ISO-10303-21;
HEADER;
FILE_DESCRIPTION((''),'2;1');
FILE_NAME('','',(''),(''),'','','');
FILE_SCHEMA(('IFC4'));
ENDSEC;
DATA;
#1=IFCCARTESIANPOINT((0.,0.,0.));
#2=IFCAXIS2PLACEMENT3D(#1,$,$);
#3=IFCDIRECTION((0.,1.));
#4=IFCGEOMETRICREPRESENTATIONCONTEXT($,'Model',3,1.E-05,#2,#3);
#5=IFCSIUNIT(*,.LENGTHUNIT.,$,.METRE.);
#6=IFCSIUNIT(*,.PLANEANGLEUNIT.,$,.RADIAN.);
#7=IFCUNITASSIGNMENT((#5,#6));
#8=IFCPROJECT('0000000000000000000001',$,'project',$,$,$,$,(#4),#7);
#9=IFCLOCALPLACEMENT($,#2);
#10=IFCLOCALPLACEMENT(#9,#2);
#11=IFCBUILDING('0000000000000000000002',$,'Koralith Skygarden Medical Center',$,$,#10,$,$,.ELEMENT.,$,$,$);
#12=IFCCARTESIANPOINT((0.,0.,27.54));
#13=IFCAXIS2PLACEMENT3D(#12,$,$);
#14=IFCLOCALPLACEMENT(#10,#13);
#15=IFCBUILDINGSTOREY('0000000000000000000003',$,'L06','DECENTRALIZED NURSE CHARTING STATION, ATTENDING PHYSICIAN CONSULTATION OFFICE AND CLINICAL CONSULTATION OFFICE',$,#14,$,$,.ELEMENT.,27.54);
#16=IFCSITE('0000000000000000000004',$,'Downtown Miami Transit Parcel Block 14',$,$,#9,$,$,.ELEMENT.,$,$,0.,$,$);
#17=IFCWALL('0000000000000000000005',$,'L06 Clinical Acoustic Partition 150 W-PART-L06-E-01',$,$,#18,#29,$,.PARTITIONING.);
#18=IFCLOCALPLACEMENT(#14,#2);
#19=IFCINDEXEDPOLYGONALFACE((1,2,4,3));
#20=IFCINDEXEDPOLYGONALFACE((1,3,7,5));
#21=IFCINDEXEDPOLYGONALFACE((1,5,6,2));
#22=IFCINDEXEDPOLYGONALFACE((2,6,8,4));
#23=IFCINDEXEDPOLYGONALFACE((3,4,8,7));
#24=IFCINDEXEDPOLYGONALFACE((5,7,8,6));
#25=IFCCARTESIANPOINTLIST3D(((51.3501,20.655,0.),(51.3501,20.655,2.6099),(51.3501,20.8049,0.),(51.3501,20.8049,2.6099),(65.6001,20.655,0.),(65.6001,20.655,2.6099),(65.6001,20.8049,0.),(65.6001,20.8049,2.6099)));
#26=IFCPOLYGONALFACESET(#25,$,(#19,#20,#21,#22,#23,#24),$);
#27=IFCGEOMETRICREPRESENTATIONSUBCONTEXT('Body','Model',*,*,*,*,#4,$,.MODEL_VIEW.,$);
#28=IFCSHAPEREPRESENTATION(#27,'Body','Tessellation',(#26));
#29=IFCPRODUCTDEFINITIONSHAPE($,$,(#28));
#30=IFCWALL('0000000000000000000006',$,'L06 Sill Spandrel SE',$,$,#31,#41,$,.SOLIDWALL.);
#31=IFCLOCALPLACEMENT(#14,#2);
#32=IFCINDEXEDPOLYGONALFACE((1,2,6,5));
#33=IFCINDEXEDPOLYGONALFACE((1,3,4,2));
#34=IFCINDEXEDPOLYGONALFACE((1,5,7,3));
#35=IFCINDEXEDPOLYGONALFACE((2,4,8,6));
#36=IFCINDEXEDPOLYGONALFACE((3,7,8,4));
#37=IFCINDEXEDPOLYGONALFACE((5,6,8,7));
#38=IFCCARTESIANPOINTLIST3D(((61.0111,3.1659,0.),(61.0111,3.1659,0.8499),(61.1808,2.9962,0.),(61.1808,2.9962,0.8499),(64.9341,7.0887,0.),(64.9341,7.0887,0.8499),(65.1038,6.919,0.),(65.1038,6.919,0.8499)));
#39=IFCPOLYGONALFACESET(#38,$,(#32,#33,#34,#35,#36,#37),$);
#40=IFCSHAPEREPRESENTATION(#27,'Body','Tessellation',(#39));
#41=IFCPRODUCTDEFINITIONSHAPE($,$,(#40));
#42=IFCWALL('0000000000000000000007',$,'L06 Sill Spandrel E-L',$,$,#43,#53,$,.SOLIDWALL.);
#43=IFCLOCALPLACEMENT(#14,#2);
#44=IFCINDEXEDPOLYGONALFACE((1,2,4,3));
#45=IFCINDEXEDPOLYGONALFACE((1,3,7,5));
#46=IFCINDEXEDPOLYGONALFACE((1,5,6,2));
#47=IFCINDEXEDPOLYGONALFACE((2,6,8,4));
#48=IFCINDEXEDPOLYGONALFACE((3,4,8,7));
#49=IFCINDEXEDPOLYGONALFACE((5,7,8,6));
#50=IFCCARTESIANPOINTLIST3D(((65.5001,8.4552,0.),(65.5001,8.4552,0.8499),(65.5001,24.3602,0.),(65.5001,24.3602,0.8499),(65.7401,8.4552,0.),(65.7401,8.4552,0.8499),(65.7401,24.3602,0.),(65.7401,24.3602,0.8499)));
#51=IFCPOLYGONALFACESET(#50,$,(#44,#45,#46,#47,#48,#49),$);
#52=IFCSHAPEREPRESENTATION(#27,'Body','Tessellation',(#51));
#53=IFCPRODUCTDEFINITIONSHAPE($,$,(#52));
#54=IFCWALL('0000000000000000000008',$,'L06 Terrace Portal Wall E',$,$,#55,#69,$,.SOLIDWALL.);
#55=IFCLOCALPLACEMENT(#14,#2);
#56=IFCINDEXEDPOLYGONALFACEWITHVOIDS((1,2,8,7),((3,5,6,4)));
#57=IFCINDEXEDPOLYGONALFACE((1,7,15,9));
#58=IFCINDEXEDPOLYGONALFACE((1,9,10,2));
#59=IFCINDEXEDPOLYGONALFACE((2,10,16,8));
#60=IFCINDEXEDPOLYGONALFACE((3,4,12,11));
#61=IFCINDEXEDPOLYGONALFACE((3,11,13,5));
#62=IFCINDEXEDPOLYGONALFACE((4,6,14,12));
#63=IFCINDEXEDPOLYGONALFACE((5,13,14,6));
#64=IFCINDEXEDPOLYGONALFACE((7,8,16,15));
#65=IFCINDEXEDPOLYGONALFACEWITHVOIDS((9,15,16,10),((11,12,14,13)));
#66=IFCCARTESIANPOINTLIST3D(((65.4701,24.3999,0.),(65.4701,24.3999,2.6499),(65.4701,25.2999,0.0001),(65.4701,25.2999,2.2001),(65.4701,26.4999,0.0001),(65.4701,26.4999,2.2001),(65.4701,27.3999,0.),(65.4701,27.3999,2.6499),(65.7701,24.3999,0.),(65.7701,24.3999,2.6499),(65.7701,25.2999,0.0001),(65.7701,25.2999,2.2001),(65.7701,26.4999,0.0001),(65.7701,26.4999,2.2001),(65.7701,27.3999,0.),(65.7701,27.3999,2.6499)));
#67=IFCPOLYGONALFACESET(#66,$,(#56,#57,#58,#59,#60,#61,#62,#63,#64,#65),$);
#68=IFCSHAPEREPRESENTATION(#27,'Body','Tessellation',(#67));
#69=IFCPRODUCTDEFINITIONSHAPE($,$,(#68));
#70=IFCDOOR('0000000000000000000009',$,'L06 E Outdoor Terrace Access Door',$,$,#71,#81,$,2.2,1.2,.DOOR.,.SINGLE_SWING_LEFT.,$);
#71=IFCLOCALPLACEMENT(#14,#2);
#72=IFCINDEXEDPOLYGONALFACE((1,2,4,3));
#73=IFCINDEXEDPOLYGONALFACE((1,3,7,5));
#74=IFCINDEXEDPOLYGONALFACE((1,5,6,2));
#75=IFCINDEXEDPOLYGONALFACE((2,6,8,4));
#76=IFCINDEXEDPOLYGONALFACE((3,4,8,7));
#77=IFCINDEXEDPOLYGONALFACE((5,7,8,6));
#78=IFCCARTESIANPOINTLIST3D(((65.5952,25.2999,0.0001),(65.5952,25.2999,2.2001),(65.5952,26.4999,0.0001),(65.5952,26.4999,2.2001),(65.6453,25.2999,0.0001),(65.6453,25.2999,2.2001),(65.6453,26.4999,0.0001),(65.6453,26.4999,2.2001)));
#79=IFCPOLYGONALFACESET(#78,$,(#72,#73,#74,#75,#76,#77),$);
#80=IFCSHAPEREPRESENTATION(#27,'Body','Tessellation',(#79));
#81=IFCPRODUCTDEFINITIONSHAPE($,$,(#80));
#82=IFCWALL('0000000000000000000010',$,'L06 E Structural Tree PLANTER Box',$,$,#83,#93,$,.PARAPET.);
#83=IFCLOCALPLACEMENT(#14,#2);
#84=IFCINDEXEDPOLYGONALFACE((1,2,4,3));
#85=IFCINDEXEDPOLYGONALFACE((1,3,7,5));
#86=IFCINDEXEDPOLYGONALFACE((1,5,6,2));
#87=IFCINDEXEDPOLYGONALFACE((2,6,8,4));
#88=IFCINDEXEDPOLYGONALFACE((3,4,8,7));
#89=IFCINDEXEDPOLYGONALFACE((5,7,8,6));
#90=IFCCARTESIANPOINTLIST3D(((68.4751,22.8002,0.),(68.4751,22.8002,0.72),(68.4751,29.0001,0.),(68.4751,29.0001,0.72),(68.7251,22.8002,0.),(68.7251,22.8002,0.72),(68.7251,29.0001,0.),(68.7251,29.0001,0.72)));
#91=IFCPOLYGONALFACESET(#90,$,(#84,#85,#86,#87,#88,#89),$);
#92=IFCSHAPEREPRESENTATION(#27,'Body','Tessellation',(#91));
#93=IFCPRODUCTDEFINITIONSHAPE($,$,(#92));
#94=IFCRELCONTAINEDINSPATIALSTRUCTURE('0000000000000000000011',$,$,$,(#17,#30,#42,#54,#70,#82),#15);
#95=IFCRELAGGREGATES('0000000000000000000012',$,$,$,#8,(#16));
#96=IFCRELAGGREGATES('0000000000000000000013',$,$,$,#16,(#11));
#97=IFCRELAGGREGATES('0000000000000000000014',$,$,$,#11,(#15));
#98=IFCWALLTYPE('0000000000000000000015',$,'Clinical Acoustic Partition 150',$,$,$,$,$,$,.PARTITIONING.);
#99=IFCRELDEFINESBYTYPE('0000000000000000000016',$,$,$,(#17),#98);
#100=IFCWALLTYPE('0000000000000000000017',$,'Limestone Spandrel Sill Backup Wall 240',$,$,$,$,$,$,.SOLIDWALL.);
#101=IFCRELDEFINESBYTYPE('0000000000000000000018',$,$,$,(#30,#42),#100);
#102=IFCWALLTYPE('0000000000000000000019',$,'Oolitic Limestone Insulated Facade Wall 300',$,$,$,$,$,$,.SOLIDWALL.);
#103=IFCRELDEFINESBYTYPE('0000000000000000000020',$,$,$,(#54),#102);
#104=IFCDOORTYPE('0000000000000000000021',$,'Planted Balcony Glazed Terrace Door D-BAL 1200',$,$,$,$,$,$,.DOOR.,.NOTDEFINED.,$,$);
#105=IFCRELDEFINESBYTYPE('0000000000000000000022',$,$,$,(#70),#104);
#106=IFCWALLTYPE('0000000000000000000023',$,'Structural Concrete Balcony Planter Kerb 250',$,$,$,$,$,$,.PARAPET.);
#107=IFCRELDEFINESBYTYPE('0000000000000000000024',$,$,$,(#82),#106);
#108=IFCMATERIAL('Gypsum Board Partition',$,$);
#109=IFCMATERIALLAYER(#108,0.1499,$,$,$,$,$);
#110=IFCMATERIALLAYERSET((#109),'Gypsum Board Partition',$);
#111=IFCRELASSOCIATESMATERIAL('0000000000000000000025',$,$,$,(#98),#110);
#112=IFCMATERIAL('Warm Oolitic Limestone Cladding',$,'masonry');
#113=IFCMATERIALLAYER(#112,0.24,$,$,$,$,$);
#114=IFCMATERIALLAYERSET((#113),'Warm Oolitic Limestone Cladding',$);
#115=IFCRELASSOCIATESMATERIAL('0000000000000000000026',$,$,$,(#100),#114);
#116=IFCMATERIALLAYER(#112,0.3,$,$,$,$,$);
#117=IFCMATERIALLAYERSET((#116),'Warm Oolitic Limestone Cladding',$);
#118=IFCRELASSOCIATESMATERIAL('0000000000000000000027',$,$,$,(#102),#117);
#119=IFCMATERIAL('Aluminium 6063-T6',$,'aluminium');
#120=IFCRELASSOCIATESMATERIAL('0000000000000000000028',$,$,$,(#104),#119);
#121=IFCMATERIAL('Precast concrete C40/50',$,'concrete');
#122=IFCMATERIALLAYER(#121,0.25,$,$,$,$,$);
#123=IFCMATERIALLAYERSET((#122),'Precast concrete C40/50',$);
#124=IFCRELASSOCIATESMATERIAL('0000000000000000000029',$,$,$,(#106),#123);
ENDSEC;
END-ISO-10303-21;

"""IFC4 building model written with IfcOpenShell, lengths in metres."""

from ifc_helpers import new_model, si_unit, direction, frame, frame_2d, origin, place, context, subcontext, project, spatial, rectangle, extrude, material, layer, layer_set, type_object, element, fill, save


model = new_model("IFC4")

# Units and contexts
model_context = context("Model", 3, precision=1e-05, world=origin(), true_north=direction((0.0, 1.0)))
body_context = subcontext(model_context, "Body", "Model", "MODEL_VIEW")
ifc_project = project(units=[si_unit("LENGTHUNIT", "METRE"), si_unit("PLANEANGLEUNIT", "RADIAN")], contexts=[model_context])

# Site, building, storey
site_placement = place(None, origin())
site = spatial("IfcSite", under=ifc_project, at=site_placement, Name="Downtown Miami Transit Parcel Block 14", CompositionType="ELEMENT", RefElevation=0.0)
building_placement = place(site_placement, origin())
building = spatial("IfcBuilding", under=site, at=building_placement, Name="Koralith Skygarden Medical Center", CompositionType="ELEMENT")
storey_placement = place(building_placement, frame((0.0, 0.0, 27.54)))
storey = spatial("IfcBuildingStorey", under=building, at=storey_placement, Name="L06", Description="DECENTRALIZED NURSE CHARTING STATION, ATTENDING PHYSICIAN CONSULTATION OFFICE AND CLINICAL CONSULTATION OFFICE", CompositionType="ELEMENT", Elevation=27.54)

# Shared definitions
ifc_material_1 = material(Name="Aluminium 6063-T6", Category="aluminium")

# Shared definitions
ifc_material_2 = material(Name="Warm Oolitic Limestone Cladding", Category="masonry")

# Wall
ifc_material_3 = material(Name="Gypsum Board Partition")
ifc_layer_1 = layer(ifc_material_3, 0.1499)
ifc_layer_set_1 = layer_set([ifc_layer_1], Name="Gypsum Board Partition")
wall_type_1 = type_object("IfcWallType", Name="Clinical Acoustic Partition 150", PredefinedType="PARTITIONING", material=ifc_layer_set_1)
wall_1_placement = place(storey_placement, frame((51.3501, 20.73, 0.0), z_axis=(0.0, 0.0, 1.0), x_axis=(1.0, 0.0, 0.0)))
element("IfcWall", 1, at=wall_1_placement, inside=storey, type_object=wall_type_1, Name="L06 Clinical Acoustic Partition 150 W-PART-L06-E-01", PredefinedType="PARTITIONING", context=body_context, shape_type="SweptSolid", body=[
    extrude(rectangle(XDim=14.25, YDim=0.1499, at=frame_2d((7.125, 0.0))), origin(), (0.0, 0.0, 1.0), 2.6099),
])

# Walls
ifc_layer_2 = layer(ifc_material_2, 0.24)
ifc_layer_set_2 = layer_set([ifc_layer_2], Name="Warm Oolitic Limestone Cladding")
wall_type_2 = type_object("IfcWallType", Name="Limestone Spandrel Sill Backup Wall 240", PredefinedType="SOLIDWALL", material=ifc_layer_set_2)
wall_2_placement = place(storey_placement, frame((61.0959, 3.0811, 0.0), z_axis=(0.0, 0.0, 1.0), x_axis=(0.707129, 0.707085, 0.0)))
element("IfcWall", 2, at=wall_2_placement, inside=storey, type_object=wall_type_2, Name="L06 Sill Spandrel SE", PredefinedType="SOLIDWALL", context=body_context, shape_type="SweptSolid", body=[
    extrude(rectangle(XDim=5.5479, YDim=0.24, at=frame_2d((2.7739, 0.0))), origin(), (0.0, 0.0, 1.0), 0.8499),
])
wall_3_placement = place(storey_placement, frame((65.6201, 8.4551, 0.0), z_axis=(0.0, 0.0, 1.0), x_axis=(0.0, 1.0, 0.0)))
element("IfcWall", 3, at=wall_3_placement, inside=storey, type_object=wall_type_2, Name="L06 Sill Spandrel E-L", PredefinedType="SOLIDWALL", context=body_context, shape_type="SweptSolid", body=[
    extrude(rectangle(XDim=15.905, YDim=0.24, at=frame_2d((7.9526, 0.0))), origin(), (0.0, 0.0, 1.0), 0.8499),
])

# Wall, opening, door
ifc_layer_3 = layer(ifc_material_2, 0.3)
ifc_layer_set_3 = layer_set([ifc_layer_3], Name="Warm Oolitic Limestone Cladding")
wall_type_3 = type_object("IfcWallType", Name="Oolitic Limestone Insulated Facade Wall 300", PredefinedType="SOLIDWALL", material=ifc_layer_set_3)
wall_4_placement = place(storey_placement, frame((65.6201, 24.3999, 0.0), z_axis=(0.0, 0.0, 1.0), x_axis=(0.0, 1.0, 0.0)))
wall_4 = element("IfcWall", 4, at=wall_4_placement, inside=storey, type_object=wall_type_3, Name="L06 Terrace Portal Wall E", PredefinedType="SOLIDWALL", context=body_context, shape_type="SweptSolid", body=[
    extrude(rectangle(XDim=3.0, YDim=0.3, at=frame_2d((1.5, 0.0))), origin(), (0.0, 0.0, 1.0), 2.6499),
])
opening_1_placement = place(wall_4_placement, frame((0.8999, 0.0, 0.0)))
opening_1 = element("IfcOpeningElement", 5, at=opening_1_placement, cuts=wall_4, PredefinedType="OPENING", context=body_context, shape_type="SweptSolid", body=[
    extrude(rectangle(XDim=1.2, YDim=2.2, at=frame_2d((0.6001, 1.1001))), frame((0.0, 0.1599, 0.0), z_axis=(0.0, -1.0, 0.0), x_axis=(1.0, 0.0, 0.0)), (0.0, 0.0, 1.0), 0.3201),
])
door_type_1 = type_object("IfcDoorType", Name="Planted Balcony Glazed Terrace Door D-BAL 1200", OperationType="NOTDEFINED", PredefinedType="DOOR", material=ifc_material_1)
door_1_placement = place(opening_1_placement, origin())
door_1 = element("IfcDoor", 6, at=door_1_placement, inside=storey, type_object=door_type_1, Name="L06 E Outdoor Terrace Access Door", OperationType="SINGLE_SWING_LEFT", OverallHeight=2.2, OverallWidth=1.2, PredefinedType="DOOR", context=body_context, shape_type="SweptSolid", body=[
    extrude(rectangle(XDim=1.2, YDim=2.2, at=frame_2d((0.6001, 1.1001))), frame((0.0, 0.0249, 0.0), z_axis=(0.0, -1.0, 0.0), x_axis=(1.0, 0.0, 0.0)), (0.0, 0.0, 1.0), 0.05),
])
fill(opening_1, door_1)

# Wall
ifc_material_4 = material(Name="Precast concrete C40/50", Category="concrete")
ifc_layer_4 = layer(ifc_material_4, 0.25)
ifc_layer_set_4 = layer_set([ifc_layer_4], Name="Precast concrete C40/50")
wall_type_4 = type_object("IfcWallType", Name="Structural Concrete Balcony Planter Kerb 250", PredefinedType="PARAPET", material=ifc_layer_set_4)
wall_5_placement = place(storey_placement, frame((68.6001, 22.8, 0.0), z_axis=(0.0, 0.0, 1.0), x_axis=(0.0, 1.0, 0.0)))
element("IfcWall", 7, at=wall_5_placement, inside=storey, type_object=wall_type_4, Name="L06 E Structural Tree PLANTER Box", PredefinedType="PARAPET", context=body_context, shape_type="SweptSolid", body=[
    extrude(rectangle(XDim=6.2, YDim=0.25, at=frame_2d((3.1001, 0.0))), origin(), (0.0, 0.0, 1.0), 0.72),
])

save(model, "model.ifc")
